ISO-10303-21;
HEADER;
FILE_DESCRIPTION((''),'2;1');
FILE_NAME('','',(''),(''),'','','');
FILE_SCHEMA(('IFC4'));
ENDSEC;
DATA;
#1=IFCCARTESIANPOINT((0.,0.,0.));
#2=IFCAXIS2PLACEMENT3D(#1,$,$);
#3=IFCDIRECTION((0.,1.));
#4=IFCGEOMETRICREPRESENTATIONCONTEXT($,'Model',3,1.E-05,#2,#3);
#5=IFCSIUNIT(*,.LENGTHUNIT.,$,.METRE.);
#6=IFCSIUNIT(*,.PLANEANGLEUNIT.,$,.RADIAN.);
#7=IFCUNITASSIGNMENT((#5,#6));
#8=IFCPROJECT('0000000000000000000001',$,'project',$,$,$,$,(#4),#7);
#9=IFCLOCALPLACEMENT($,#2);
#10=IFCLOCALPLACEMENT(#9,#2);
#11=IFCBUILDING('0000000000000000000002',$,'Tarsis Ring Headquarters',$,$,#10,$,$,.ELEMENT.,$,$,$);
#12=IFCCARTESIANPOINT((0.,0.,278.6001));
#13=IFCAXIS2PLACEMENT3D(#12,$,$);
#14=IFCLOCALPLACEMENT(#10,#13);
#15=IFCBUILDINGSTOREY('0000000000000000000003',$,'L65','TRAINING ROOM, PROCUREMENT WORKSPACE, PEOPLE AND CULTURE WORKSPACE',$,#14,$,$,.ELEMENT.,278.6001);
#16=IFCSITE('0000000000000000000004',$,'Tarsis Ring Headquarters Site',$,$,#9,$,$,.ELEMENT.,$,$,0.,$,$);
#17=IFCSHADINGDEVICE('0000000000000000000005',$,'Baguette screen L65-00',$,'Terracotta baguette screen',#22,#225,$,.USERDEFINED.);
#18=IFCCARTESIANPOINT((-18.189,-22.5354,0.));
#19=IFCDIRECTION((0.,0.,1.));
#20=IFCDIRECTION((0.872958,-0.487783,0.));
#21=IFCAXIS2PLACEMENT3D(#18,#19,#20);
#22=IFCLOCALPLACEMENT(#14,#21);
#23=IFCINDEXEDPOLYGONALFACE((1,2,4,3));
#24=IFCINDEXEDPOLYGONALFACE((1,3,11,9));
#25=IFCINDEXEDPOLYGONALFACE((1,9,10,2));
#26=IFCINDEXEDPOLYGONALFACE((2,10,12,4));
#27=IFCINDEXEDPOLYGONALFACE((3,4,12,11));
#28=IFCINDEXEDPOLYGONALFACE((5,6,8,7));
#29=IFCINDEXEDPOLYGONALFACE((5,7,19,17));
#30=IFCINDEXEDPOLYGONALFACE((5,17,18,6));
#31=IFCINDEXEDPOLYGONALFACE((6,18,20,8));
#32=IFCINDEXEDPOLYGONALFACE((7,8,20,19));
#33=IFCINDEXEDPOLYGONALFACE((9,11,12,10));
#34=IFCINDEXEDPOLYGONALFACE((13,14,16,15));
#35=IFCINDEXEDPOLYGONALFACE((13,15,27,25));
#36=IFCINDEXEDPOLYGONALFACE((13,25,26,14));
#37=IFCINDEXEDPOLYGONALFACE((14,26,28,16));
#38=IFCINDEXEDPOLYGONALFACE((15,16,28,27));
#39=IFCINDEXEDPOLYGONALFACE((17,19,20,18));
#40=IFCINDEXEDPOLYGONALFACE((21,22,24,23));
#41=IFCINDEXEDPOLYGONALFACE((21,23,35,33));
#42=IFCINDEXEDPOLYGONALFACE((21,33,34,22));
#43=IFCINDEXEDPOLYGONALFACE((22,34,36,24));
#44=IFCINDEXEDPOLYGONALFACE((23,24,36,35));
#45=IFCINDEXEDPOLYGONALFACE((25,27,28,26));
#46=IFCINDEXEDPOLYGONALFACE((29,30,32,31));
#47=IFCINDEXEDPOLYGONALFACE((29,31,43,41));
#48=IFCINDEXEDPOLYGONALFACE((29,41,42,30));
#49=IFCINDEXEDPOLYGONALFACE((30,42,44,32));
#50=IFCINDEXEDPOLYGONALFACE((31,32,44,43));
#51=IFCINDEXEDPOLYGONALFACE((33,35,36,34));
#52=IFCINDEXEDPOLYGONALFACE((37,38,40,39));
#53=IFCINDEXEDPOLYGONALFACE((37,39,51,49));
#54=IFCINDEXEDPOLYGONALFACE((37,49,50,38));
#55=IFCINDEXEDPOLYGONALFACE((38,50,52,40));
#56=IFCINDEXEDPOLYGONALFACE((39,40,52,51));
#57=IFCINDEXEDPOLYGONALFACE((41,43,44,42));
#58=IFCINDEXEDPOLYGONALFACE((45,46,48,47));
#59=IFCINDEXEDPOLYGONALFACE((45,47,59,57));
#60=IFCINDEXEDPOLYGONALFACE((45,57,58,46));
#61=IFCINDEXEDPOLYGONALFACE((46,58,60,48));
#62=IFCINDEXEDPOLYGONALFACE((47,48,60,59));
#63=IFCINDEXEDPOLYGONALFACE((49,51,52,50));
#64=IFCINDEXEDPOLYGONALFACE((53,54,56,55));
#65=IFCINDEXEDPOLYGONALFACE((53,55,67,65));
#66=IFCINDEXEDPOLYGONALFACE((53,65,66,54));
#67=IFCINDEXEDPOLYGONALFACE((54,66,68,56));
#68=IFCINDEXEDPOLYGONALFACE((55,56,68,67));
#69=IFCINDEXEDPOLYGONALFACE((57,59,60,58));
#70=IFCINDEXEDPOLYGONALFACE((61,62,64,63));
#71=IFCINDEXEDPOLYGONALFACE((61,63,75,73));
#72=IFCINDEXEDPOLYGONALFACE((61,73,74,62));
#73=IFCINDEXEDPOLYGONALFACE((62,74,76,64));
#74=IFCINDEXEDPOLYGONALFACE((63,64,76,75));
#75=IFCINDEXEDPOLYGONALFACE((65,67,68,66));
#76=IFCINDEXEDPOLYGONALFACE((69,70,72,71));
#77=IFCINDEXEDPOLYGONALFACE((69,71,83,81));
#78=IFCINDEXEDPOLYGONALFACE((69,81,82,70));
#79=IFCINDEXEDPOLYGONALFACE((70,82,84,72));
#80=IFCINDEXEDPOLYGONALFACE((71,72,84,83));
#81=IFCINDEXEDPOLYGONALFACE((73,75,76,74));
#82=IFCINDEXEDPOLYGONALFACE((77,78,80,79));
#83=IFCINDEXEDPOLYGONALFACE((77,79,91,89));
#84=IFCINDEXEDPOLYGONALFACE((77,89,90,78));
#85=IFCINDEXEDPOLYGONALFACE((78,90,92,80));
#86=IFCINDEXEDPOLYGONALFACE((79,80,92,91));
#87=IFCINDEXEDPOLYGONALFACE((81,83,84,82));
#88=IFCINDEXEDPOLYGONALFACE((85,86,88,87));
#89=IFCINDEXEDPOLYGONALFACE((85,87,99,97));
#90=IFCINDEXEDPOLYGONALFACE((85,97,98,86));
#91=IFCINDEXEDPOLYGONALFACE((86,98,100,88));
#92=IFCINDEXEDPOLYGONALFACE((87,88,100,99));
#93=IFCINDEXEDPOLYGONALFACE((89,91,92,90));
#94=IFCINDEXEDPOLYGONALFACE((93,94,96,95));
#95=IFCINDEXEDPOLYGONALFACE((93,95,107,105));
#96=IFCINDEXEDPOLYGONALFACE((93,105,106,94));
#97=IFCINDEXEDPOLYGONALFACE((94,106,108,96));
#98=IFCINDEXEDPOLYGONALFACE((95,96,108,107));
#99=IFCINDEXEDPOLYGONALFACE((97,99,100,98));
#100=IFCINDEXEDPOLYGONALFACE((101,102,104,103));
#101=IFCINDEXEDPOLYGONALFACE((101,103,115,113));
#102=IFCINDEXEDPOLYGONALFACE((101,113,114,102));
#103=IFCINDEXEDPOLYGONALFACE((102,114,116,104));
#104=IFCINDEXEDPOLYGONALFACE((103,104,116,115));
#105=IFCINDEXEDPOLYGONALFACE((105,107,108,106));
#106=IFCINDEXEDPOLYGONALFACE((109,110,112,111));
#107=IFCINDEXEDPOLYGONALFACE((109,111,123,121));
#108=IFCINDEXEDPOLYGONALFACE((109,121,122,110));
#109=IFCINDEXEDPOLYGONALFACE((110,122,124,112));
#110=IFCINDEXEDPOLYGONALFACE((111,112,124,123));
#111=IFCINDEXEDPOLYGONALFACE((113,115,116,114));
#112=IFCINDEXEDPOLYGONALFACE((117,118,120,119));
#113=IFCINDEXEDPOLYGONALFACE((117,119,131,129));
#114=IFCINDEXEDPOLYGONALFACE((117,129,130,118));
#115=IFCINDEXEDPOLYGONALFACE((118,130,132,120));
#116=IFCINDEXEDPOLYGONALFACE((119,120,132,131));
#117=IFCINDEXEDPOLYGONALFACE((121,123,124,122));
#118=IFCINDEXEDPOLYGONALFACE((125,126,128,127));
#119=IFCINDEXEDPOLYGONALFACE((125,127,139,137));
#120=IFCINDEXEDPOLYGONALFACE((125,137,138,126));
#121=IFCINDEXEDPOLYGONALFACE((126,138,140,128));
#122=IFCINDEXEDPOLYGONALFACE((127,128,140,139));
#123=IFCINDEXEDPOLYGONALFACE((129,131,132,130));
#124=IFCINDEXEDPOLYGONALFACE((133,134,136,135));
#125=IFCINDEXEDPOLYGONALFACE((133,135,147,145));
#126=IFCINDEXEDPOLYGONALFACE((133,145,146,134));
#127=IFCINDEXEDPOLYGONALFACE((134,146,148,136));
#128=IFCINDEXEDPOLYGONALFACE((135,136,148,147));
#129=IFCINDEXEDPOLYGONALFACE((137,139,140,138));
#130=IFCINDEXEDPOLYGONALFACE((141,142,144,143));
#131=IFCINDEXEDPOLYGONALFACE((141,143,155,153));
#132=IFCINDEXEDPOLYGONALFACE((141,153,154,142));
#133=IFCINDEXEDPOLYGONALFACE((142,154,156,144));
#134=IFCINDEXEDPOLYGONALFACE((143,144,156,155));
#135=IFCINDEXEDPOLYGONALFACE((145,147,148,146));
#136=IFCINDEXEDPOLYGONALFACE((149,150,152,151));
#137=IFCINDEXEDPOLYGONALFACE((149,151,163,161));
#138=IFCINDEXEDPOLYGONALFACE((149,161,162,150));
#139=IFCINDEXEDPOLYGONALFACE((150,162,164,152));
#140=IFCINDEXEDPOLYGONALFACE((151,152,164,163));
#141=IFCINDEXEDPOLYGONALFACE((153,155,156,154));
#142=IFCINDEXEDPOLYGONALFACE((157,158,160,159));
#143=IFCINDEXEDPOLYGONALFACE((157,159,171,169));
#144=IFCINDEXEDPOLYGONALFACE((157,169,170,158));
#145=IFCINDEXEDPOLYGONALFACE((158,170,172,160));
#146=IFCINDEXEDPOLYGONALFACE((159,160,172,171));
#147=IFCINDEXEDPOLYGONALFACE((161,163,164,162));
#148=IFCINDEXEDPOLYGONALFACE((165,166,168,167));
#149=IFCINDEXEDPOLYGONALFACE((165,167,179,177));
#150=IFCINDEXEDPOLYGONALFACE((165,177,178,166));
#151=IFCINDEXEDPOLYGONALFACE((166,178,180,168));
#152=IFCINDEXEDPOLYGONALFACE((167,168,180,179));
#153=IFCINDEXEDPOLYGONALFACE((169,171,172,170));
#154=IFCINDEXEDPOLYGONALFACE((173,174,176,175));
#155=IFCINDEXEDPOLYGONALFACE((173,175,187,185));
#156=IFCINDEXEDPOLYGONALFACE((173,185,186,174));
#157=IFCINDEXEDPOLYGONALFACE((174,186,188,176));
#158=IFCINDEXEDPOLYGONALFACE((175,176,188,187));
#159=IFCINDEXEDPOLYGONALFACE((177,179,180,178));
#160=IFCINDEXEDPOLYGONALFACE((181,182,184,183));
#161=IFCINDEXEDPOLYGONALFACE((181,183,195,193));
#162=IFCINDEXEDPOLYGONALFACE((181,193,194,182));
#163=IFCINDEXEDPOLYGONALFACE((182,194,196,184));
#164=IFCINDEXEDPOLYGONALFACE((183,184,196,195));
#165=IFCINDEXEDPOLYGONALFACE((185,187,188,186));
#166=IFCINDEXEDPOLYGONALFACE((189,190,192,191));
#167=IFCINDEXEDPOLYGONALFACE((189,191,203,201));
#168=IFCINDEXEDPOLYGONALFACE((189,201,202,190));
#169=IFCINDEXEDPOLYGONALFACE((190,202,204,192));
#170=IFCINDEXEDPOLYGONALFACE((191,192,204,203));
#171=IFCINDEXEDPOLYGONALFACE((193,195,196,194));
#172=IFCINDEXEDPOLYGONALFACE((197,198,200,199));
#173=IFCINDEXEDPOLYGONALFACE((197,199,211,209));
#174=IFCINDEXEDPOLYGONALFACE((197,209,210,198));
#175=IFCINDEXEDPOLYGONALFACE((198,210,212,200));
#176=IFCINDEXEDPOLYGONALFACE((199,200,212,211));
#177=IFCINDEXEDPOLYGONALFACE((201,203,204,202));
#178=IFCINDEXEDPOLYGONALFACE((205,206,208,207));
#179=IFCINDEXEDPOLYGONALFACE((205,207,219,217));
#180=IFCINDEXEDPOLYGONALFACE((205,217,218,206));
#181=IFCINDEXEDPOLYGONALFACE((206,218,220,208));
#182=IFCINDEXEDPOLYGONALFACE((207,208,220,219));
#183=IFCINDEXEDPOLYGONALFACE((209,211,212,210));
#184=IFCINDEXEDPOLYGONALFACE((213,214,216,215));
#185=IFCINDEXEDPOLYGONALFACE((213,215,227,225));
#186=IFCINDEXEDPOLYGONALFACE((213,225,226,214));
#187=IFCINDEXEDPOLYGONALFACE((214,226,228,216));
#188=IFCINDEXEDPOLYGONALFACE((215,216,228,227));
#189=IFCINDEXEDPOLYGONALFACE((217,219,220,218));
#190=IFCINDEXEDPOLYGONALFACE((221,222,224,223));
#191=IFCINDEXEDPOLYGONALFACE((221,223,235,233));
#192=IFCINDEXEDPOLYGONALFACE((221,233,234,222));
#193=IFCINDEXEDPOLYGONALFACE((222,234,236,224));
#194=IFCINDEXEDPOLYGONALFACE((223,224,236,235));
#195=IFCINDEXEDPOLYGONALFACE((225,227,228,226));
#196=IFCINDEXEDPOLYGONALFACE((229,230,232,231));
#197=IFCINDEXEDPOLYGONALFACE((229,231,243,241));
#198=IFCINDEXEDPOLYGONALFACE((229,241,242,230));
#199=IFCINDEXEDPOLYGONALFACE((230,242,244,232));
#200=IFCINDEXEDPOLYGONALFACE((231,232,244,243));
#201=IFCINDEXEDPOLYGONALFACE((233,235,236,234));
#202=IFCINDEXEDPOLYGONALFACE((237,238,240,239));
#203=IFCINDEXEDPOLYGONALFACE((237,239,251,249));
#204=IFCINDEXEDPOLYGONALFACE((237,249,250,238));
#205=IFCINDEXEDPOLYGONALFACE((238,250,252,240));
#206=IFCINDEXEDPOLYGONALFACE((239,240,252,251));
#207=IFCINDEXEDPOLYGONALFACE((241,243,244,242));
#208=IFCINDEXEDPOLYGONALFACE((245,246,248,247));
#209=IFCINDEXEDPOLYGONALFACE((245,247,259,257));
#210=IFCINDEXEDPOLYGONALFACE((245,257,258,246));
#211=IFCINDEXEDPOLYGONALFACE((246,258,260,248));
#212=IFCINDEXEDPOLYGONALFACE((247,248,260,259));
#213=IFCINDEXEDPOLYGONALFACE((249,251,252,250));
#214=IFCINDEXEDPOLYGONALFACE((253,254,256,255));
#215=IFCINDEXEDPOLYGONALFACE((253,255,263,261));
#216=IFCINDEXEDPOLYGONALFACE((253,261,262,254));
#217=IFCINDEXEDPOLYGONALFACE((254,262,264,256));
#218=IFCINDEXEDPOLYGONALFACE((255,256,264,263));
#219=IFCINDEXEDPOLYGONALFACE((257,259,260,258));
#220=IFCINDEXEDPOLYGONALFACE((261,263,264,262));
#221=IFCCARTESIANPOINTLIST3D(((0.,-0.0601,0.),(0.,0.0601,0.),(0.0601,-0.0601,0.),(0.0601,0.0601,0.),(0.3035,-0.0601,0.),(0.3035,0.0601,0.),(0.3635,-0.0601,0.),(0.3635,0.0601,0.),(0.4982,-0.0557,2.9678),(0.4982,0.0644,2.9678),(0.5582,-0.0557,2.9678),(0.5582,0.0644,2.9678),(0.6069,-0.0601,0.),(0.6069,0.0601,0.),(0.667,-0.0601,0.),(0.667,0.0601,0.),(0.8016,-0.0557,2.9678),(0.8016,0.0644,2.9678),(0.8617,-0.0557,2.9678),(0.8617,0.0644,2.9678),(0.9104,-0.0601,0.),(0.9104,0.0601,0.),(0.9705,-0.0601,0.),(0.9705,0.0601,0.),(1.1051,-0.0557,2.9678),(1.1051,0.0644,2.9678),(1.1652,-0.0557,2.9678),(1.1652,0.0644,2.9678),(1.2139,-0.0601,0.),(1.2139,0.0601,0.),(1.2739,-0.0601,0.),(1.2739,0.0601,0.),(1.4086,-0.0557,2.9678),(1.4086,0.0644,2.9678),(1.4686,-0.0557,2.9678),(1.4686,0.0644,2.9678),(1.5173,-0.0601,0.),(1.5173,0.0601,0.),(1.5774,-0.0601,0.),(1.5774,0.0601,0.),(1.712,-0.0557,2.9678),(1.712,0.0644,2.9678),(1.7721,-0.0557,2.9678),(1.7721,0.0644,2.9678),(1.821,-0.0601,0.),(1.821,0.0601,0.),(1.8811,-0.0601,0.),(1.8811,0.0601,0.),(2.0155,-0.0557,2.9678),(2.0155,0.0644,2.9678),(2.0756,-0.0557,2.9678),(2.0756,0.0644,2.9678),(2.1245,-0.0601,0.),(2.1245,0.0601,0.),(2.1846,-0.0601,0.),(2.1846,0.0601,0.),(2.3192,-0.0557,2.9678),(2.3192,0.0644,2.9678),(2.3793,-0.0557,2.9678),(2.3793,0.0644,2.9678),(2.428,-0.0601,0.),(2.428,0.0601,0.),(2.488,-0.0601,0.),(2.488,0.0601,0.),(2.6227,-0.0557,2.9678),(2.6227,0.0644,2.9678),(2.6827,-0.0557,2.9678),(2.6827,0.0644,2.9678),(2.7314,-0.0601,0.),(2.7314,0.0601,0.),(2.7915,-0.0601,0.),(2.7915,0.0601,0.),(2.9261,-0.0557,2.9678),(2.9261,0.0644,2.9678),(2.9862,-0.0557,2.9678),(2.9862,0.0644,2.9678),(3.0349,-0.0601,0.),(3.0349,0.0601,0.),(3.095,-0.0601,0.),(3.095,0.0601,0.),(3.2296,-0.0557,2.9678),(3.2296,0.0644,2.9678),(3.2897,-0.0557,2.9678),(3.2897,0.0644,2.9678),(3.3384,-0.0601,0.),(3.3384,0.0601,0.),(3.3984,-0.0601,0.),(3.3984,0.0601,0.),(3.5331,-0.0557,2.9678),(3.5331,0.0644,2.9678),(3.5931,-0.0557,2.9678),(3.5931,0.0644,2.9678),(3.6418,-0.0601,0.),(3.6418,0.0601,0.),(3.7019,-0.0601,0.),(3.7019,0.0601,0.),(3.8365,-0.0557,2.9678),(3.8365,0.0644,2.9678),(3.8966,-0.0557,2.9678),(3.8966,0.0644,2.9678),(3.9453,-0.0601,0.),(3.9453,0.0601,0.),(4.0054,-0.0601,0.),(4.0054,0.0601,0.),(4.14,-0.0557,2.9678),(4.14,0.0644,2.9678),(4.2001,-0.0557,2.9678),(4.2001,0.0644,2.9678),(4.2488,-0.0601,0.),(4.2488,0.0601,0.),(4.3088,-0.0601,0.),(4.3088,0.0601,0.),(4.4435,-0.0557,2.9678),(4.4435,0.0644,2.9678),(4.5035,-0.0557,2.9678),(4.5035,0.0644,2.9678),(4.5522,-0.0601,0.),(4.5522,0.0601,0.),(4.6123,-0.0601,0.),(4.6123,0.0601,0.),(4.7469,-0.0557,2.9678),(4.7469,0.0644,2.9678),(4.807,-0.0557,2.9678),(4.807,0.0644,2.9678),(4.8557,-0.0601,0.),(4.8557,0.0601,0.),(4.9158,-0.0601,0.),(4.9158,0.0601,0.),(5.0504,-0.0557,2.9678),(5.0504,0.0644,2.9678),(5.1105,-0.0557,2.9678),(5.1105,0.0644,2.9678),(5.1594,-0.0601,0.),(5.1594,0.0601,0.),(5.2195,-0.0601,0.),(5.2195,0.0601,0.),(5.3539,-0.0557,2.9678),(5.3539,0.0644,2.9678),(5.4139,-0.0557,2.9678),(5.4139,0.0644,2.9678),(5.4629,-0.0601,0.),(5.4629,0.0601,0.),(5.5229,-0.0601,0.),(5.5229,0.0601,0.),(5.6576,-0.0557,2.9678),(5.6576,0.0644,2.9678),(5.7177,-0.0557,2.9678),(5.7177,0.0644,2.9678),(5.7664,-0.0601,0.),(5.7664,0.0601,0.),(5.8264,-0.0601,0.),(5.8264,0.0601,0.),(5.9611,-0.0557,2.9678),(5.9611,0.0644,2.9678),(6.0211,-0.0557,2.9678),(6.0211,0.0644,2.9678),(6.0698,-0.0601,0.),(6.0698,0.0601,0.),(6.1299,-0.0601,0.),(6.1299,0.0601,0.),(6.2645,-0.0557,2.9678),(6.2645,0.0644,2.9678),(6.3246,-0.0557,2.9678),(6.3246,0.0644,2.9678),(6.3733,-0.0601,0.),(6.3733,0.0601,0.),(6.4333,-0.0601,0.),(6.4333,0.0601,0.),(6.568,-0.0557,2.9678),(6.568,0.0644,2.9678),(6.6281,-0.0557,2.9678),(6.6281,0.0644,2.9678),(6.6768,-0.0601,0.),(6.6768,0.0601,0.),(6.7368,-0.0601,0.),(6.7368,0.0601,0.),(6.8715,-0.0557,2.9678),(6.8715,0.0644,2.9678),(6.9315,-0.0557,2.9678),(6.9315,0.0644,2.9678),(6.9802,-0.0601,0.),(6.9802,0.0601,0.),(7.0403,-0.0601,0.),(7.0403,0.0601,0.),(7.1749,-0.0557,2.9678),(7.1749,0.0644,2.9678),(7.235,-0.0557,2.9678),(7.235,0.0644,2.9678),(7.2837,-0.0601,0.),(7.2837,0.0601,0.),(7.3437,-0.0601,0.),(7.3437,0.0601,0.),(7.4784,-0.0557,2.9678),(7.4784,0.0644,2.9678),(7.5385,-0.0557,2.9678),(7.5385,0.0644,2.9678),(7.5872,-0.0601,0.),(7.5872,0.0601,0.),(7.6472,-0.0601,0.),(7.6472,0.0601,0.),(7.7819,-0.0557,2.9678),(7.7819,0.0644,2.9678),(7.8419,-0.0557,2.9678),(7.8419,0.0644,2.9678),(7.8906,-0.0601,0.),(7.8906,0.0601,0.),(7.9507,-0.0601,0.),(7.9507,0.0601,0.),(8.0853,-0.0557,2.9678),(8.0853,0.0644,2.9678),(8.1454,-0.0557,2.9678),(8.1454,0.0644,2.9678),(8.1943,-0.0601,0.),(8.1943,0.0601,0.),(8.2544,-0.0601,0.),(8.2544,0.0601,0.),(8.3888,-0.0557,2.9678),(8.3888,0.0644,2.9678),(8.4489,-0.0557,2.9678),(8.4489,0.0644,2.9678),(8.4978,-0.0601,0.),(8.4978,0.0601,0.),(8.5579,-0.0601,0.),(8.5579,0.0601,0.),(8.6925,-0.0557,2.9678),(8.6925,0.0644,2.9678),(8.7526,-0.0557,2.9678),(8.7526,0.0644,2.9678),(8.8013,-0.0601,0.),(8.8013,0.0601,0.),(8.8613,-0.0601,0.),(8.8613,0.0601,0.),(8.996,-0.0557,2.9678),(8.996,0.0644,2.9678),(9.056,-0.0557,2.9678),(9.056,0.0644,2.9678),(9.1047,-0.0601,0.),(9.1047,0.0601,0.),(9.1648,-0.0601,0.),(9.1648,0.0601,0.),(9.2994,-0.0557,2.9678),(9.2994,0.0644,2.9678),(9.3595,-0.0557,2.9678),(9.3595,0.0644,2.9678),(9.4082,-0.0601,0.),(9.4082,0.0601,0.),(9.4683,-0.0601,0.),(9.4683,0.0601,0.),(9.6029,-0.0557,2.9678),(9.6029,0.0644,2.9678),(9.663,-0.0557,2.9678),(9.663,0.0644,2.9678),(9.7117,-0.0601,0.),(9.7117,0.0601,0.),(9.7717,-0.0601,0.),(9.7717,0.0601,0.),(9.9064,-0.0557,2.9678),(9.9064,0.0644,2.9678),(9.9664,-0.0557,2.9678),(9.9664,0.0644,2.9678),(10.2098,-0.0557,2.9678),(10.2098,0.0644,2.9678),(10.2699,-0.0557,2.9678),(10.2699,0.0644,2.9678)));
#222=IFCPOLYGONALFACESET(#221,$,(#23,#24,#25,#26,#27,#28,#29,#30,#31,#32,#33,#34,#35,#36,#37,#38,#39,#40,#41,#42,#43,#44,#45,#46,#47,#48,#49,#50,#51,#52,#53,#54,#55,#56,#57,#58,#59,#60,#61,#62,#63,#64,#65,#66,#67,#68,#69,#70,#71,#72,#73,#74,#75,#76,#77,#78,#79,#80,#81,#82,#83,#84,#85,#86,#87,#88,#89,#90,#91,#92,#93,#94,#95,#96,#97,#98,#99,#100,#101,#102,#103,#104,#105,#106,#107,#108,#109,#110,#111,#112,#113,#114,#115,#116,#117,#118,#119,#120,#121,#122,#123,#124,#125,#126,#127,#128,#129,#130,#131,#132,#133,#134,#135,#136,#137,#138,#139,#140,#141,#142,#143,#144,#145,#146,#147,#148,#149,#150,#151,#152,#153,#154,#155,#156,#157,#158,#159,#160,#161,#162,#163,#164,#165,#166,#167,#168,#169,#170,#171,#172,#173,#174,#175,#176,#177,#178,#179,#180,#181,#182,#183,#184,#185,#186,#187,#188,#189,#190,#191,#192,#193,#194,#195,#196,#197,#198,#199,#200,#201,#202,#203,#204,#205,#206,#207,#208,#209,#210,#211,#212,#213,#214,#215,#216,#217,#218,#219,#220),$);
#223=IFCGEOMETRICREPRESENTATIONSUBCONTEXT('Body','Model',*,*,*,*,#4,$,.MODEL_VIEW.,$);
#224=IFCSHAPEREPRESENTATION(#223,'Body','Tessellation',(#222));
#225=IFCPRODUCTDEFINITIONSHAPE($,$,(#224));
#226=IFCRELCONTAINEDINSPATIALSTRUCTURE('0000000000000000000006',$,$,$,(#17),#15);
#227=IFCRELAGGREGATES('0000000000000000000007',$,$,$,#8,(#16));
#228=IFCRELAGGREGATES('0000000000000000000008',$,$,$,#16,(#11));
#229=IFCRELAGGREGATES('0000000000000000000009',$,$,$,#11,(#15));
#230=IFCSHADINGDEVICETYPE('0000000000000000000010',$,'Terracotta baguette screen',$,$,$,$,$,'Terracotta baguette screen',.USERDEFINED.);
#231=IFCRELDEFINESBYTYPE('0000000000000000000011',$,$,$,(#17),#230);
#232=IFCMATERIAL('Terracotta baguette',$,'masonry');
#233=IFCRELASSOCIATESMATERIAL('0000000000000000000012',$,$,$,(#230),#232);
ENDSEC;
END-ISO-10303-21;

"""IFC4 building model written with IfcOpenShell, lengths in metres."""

from ifc_helpers import new_model, si_unit, direction, frame, frame_2d, origin, place, context, subcontext, project, spatial, rectangle, composite_profile, extrude, material, type_object, element, save


model = new_model("IFC4")

# Units and contexts
model_context = context("Model", 3, precision=1e-05, world=origin(), true_north=direction((0.0, 1.0)))
body_context = subcontext(model_context, "Body", "Model", "MODEL_VIEW")
ifc_project = project(units=[si_unit("LENGTHUNIT", "METRE"), si_unit("PLANEANGLEUNIT", "RADIAN")], contexts=[model_context])

# Site, building, storey
site_placement = place(None, origin())
site = spatial("IfcSite", under=ifc_project, at=site_placement, Name="Tarsis Ring Headquarters Site", CompositionType="ELEMENT", RefElevation=0.0)
building_placement = place(site_placement, origin())
building = spatial("IfcBuilding", under=site, at=building_placement, Name="Tarsis Ring Headquarters", CompositionType="ELEMENT")
storey_placement = place(building_placement, frame((0.0, 0.0, 278.6001)))
storey = spatial("IfcBuildingStorey", under=building, at=storey_placement, Name="L65", Description="TRAINING ROOM, PROCUREMENT WORKSPACE, PEOPLE AND CULTURE WORKSPACE", CompositionType="ELEMENT", Elevation=278.6001)

# Shading device
ifc_material_1 = material(Name="Terracotta baguette", Category="masonry")
shading_device_type = type_object("IfcShadingDeviceType", Name="Terracotta baguette screen", ElementType="Terracotta baguette screen", PredefinedType="USERDEFINED", material=ifc_material_1)
shading_device_1_placement = place(storey_placement, frame((-18.189, -22.5354, 0.0), z_axis=(0.0, 0.0, 1.0), x_axis=(0.872958, -0.487783, 0.0)))
element("IfcShadingDevice", 1, at=shading_device_1_placement, inside=storey, type_object=shading_device_type, Name="Baguette screen L65-00", ObjectType="Terracotta baguette screen", PredefinedType="USERDEFINED", context=body_context, shape_type="SweptSolid", body=[
    extrude(composite_profile([rectangle(XDim=0.0601, YDim=0.1201, at=frame_2d((0.03, 0.0))), rectangle(XDim=0.0601, YDim=0.1201, at=frame_2d((0.3335, 0.0))), rectangle(XDim=0.0601, YDim=0.1201, at=frame_2d((0.637, 0.0))), rectangle(XDim=0.0601, YDim=0.1201, at=frame_2d((0.9404, 0.0))), rectangle(XDim=0.0601, YDim=0.1201, at=frame_2d((1.2439, 0.0))), rectangle(XDim=0.0601, YDim=0.1201, at=frame_2d((1.5474, 0.0))), rectangle(XDim=0.0601, YDim=0.1201, at=frame_2d((1.8511, 0.0))), rectangle(XDim=0.0601, YDim=0.1201, at=frame_2d((2.1545, 0.0))), rectangle(XDim=0.0601, YDim=0.1201, at=frame_2d((2.458, 0.0))), rectangle(XDim=0.0601, YDim=0.1201, at=frame_2d((2.7615, 0.0))), rectangle(XDim=0.0601, YDim=0.1201, at=frame_2d((3.0649, 0.0))), rectangle(XDim=0.0601, YDim=0.1201, at=frame_2d((3.3684, 0.0))), rectangle(XDim=0.0601, YDim=0.1201, at=frame_2d((3.6719, 0.0))), rectangle(XDim=0.0601, YDim=0.1201, at=frame_2d((3.9753, 0.0))), rectangle(XDim=0.0601, YDim=0.1201, at=frame_2d((4.2788, 0.0))), rectangle(XDim=0.0601, YDim=0.1201, at=frame_2d((4.5823, 0.0))), rectangle(XDim=0.0601, YDim=0.1201, at=frame_2d((4.8857, 0.0))), rectangle(XDim=0.0601, YDim=0.1201, at=frame_2d((5.1895, 0.0))), rectangle(XDim=0.0601, YDim=0.1201, at=frame_2d((5.4929, 0.0))), rectangle(XDim=0.0601, YDim=0.1201, at=frame_2d((5.7964, 0.0))), rectangle(XDim=0.0601, YDim=0.1201, at=frame_2d((6.0999, 0.0))), rectangle(XDim=0.0601, YDim=0.1201, at=frame_2d((6.4033, 0.0))), rectangle(XDim=0.0601, YDim=0.1201, at=frame_2d((6.7068, 0.0))), rectangle(XDim=0.0601, YDim=0.1201, at=frame_2d((7.0103, 0.0))), rectangle(XDim=0.0601, YDim=0.1201, at=frame_2d((7.3137, 0.0))), rectangle(XDim=0.0601, YDim=0.1201, at=frame_2d((7.6172, 0.0))), rectangle(XDim=0.0601, YDim=0.1201, at=frame_2d((7.9207, 0.0))), rectangle(XDim=0.0601, YDim=0.1201, at=frame_2d((8.2244, 0.0))), rectangle(XDim=0.0601, YDim=0.1201, at=frame_2d((8.5278, 0.0))), rectangle(XDim=0.0601, YDim=0.1201, at=frame_2d((8.8313, 0.0))), rectangle(XDim=0.0601, YDim=0.1201, at=frame_2d((9.1348, 0.0))), rectangle(XDim=0.0601, YDim=0.1201, at=frame_2d((9.4382, 0.0))), rectangle(XDim=0.0601, YDim=0.1201, at=frame_2d((9.7417, 0.0)))]), origin(), (0.165545, 0.001445, 0.986201), 3.0093),
])

save(model, "model.ifc")
